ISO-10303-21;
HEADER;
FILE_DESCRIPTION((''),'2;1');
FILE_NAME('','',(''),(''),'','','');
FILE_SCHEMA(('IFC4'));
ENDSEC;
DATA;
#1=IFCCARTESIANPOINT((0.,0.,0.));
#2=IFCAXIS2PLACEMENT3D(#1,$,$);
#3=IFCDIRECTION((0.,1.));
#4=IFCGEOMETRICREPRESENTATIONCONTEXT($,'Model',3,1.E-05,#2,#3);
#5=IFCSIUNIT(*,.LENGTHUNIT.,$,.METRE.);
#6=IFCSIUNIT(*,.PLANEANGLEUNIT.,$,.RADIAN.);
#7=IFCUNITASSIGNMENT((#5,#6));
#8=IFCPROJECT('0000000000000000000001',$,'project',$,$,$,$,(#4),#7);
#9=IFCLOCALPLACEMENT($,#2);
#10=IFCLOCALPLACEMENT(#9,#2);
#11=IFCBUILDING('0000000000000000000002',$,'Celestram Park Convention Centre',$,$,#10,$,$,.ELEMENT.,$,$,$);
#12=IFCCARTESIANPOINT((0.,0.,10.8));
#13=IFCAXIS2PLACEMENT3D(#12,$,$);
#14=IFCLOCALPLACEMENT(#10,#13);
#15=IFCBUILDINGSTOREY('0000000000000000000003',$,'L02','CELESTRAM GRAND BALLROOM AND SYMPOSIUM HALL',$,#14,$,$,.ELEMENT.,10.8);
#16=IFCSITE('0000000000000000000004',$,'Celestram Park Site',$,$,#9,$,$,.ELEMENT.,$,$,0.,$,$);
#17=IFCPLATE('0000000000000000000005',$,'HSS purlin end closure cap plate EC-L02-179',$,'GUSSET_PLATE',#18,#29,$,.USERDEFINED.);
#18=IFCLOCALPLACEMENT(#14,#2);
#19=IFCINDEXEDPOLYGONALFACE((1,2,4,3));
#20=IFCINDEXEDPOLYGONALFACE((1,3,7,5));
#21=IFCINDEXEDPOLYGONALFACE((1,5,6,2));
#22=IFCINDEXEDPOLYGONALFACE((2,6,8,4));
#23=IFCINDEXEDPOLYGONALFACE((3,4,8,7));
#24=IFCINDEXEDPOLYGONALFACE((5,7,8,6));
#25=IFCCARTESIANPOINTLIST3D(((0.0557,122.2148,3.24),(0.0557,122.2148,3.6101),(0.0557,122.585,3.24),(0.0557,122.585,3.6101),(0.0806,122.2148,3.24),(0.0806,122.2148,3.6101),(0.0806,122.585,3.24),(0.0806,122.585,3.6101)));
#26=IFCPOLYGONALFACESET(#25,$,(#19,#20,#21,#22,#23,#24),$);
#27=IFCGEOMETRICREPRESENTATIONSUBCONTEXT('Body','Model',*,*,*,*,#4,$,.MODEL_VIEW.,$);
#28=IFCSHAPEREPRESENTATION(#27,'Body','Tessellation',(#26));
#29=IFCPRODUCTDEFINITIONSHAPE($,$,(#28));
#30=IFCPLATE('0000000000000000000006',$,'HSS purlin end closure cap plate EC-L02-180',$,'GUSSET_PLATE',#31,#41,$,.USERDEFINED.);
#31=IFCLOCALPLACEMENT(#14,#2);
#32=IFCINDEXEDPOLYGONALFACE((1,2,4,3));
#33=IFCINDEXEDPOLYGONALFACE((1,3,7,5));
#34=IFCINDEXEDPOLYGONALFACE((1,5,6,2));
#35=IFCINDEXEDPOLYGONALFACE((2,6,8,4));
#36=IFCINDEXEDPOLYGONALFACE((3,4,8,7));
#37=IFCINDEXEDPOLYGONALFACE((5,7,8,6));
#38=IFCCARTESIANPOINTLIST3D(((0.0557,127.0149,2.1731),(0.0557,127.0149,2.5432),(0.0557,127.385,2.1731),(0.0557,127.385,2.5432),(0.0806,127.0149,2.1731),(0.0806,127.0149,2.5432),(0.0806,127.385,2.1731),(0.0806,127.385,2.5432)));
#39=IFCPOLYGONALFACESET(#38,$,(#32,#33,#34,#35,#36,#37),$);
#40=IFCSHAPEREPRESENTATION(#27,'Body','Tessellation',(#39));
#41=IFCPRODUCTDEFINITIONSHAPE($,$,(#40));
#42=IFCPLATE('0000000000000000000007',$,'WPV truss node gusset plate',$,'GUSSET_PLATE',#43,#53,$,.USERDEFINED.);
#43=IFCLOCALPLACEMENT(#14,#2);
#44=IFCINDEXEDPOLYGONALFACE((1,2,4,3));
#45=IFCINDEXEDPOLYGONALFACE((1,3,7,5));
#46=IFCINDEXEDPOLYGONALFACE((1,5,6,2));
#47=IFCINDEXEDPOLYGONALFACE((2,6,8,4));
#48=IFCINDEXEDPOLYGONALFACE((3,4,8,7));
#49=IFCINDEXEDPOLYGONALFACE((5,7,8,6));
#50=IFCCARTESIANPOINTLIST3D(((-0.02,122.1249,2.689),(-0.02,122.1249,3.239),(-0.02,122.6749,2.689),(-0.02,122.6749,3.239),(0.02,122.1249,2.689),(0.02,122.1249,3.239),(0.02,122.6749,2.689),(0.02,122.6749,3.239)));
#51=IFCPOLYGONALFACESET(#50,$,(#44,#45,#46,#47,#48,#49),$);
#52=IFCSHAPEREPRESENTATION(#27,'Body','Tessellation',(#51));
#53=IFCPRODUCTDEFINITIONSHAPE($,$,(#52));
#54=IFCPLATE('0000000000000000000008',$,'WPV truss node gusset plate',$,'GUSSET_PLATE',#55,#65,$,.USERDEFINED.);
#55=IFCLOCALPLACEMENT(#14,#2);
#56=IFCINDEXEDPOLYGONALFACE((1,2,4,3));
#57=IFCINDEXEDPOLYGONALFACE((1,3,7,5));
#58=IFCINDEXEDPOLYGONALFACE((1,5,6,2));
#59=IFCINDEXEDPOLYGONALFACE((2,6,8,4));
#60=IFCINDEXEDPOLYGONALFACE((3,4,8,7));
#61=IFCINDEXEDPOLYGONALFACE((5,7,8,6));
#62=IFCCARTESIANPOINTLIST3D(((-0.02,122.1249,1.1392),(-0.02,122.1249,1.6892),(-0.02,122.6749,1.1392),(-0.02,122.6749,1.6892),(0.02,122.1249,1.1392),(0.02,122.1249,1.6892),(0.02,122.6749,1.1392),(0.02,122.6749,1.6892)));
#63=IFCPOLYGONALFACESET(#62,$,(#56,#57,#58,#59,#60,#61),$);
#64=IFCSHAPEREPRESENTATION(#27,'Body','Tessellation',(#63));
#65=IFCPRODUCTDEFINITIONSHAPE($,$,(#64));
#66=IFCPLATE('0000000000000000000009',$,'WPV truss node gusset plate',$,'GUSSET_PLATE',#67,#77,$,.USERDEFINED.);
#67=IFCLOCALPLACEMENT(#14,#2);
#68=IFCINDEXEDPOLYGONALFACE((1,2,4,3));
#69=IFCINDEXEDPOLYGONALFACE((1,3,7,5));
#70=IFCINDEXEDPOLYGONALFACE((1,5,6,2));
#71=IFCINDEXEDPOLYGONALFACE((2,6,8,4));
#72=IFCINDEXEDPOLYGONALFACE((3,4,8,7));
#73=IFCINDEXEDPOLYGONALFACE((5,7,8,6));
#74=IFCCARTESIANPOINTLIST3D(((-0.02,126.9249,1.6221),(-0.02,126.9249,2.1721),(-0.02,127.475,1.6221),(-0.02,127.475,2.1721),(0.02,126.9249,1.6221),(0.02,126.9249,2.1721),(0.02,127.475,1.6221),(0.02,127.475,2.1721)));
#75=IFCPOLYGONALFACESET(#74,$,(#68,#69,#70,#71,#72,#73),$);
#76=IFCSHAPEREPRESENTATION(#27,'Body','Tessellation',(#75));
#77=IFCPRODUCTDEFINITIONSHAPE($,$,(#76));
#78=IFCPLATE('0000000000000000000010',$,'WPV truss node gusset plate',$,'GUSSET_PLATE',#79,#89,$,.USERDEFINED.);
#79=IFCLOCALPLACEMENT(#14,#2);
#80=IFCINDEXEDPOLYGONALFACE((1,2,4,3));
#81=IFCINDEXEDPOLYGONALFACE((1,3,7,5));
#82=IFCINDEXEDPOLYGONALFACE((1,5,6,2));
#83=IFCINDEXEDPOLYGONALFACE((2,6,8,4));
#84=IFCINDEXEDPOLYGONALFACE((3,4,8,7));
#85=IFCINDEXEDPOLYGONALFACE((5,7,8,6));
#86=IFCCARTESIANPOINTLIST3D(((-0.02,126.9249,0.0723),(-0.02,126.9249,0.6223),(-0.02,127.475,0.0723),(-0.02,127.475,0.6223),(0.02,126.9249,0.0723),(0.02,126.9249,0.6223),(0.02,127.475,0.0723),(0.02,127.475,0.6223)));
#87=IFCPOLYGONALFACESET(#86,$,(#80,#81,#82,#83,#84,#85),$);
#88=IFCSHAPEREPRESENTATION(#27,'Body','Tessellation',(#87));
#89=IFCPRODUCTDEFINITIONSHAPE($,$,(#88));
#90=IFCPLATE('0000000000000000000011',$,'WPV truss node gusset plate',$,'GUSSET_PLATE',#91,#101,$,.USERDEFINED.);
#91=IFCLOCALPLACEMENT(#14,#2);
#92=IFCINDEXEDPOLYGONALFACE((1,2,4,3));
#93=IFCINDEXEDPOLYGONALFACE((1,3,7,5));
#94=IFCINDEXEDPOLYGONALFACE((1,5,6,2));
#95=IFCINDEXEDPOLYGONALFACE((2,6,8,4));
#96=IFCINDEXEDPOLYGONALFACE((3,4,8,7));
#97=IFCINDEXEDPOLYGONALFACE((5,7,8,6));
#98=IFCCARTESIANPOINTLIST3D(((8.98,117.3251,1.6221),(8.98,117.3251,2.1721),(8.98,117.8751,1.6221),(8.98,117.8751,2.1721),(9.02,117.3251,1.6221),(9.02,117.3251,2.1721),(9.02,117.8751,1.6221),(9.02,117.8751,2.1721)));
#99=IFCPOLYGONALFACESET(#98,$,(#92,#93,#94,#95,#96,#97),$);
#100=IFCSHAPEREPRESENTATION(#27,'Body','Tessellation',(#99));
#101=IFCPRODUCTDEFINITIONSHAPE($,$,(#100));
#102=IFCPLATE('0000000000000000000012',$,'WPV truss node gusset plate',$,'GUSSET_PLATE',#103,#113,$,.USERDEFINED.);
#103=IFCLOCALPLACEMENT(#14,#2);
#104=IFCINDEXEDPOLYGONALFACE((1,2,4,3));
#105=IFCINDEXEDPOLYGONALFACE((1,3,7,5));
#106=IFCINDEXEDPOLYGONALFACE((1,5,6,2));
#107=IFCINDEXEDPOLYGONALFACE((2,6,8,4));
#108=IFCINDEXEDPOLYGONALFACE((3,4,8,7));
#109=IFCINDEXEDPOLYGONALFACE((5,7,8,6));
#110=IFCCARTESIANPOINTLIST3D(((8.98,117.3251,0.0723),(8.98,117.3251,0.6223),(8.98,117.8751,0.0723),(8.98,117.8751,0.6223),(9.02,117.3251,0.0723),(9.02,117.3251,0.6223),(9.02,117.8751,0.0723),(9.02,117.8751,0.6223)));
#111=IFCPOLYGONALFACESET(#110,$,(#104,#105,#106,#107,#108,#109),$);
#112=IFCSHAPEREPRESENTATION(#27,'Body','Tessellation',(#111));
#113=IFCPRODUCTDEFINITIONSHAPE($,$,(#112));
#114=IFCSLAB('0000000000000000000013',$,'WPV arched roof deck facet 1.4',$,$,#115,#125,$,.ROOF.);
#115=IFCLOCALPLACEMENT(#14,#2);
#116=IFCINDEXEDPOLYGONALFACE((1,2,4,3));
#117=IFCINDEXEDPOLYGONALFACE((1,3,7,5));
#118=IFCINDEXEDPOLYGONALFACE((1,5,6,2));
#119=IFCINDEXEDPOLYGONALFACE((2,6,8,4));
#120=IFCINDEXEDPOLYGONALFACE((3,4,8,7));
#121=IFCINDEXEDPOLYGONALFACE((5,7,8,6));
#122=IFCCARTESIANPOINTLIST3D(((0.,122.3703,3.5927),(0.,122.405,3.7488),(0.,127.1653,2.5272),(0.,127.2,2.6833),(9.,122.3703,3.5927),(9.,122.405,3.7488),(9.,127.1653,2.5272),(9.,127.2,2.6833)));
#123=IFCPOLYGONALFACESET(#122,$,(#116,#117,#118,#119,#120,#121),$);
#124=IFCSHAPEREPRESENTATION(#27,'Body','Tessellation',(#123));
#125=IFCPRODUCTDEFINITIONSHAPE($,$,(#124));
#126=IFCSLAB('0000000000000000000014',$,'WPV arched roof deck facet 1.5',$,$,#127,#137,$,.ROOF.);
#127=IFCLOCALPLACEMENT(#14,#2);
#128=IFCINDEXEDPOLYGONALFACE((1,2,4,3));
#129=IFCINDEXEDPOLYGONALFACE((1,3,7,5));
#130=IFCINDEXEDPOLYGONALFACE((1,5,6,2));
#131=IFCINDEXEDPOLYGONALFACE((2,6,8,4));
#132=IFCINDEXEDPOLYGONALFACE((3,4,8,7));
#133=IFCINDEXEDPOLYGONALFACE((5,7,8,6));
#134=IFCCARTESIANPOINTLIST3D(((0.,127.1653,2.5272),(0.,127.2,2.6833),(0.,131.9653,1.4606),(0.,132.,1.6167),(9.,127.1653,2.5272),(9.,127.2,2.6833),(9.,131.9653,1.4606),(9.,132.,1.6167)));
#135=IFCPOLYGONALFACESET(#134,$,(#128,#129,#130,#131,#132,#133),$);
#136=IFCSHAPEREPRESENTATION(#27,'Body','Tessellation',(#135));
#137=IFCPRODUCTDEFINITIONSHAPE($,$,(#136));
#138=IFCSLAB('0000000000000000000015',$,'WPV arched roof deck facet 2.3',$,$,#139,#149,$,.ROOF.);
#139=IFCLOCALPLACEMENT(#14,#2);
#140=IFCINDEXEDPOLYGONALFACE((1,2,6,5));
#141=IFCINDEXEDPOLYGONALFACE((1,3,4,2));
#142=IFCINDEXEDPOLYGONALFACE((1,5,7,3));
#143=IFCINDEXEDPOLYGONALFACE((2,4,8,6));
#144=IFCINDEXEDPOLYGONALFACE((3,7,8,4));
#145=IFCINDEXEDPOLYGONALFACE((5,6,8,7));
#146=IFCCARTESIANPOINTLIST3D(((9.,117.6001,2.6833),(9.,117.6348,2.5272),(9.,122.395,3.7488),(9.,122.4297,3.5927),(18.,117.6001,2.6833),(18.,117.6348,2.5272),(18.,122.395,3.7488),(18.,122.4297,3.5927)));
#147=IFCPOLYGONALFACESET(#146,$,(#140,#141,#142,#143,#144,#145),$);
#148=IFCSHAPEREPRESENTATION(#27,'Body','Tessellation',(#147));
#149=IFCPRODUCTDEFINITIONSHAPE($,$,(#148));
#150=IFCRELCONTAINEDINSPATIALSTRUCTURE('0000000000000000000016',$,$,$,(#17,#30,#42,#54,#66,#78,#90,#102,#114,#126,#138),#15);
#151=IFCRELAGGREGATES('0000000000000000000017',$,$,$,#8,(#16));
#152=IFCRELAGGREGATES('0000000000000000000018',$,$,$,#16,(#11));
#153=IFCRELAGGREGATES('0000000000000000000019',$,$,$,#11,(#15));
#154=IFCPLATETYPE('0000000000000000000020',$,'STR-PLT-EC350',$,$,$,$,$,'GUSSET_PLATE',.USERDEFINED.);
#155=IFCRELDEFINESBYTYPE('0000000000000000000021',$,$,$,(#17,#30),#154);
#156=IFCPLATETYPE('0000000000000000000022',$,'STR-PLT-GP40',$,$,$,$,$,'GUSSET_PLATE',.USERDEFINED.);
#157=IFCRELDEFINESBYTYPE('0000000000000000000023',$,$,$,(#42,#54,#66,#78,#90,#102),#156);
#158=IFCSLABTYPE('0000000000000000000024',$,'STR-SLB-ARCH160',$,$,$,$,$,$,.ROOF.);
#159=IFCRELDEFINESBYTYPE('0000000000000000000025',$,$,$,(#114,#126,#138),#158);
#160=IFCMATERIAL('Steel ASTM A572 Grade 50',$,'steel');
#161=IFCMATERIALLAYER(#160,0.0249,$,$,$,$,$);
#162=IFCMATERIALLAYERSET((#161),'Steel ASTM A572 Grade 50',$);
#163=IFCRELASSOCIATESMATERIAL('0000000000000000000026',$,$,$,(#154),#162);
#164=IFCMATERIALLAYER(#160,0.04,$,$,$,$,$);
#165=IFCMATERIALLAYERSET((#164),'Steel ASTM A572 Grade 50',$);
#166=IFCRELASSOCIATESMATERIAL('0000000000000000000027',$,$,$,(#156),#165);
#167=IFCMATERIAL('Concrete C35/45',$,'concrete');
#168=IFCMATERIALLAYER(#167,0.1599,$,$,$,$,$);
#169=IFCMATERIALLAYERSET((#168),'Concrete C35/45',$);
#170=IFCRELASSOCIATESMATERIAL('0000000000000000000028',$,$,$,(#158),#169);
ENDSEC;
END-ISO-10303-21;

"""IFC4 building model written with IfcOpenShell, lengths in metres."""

from ifc_helpers import new_model, si_unit, direction, frame, origin, origin_2d, place, context, subcontext, project, spatial, polyline, rectangle, outline, extrude, material, layer, layer_set, type_object, element, save


model = new_model("IFC4")

# Units and contexts
model_context = context("Model", 3, precision=1e-05, world=origin(), true_north=direction((0.0, 1.0)))
body_context = subcontext(model_context, "Body", "Model", "MODEL_VIEW")
ifc_project = project(units=[si_unit("LENGTHUNIT", "METRE"), si_unit("PLANEANGLEUNIT", "RADIAN")], contexts=[model_context])

# Site, building, storey
site_placement = place(None, origin())
site = spatial("IfcSite", under=ifc_project, at=site_placement, Name="Celestram Park Site", CompositionType="ELEMENT", RefElevation=0.0)
building_placement = place(site_placement, origin())
building = spatial("IfcBuilding", under=site, at=building_placement, Name="Celestram Park Convention Centre", CompositionType="ELEMENT")
storey_placement = place(building_placement, frame((0.0, 0.0, 10.8)))
storey = spatial("IfcBuildingStorey", under=building, at=storey_placement, Name="L02", Description="CELESTRAM GRAND BALLROOM AND SYMPOSIUM HALL", CompositionType="ELEMENT", Elevation=10.8)

# Plates
ifc_material_1 = material(Name="Steel ASTM A572 Grade 50", Category="steel")
ifc_layer_1 = layer(ifc_material_1, 0.0249)
ifc_layer_set_1 = layer_set([ifc_layer_1], Name="Steel ASTM A572 Grade 50")
plate_type_1 = type_object("IfcPlateType", Name="STR-PLT-EC350", ElementType="GUSSET_PLATE", PredefinedType="USERDEFINED", material=ifc_layer_set_1)
for number, where, z_axis, x_axis, name in (
    (1, (0.0681, 122.3999, 3.24), (0.0, 0.0, 1.0), (0.0, 1.0, 0.0), "HSS purlin end closure cap plate EC-L02-179"),
    (2, (0.0681, 127.2, 2.1731), (0.0, 0.0, 1.0), (0.0, 1.0, 0.0), "HSS purlin end closure cap plate EC-L02-180"),
):
    element("IfcPlate", number, at=place(storey_placement, frame(where, z_axis=z_axis, x_axis=x_axis)), inside=storey, type_object=plate_type_1, Name=name, ObjectType="GUSSET_PLATE", PredefinedType="USERDEFINED", context=body_context, shape_type="SweptSolid", body=[
        extrude(rectangle(XDim=0.3701, YDim=0.0249, at=origin_2d()), origin(), (0.0, 0.0, 1.0), 0.3701),
    ])
ifc_layer_2 = layer(ifc_material_1, 0.04)
ifc_layer_set_2 = layer_set([ifc_layer_2], Name="Steel ASTM A572 Grade 50")
plate_type_2 = type_object("IfcPlateType", Name="STR-PLT-GP40", ElementType="GUSSET_PLATE", PredefinedType="USERDEFINED", material=ifc_layer_set_2)
for number, where, z_axis, x_axis, name in (
    (3, (0.0, 122.3999, 2.689), (0.0, 0.0, 1.0), (0.0, 1.0, 0.0), "WPV truss node gusset plate"),
    (4, (0.0, 122.3999, 1.1392), (0.0, 0.0, 1.0), (0.0, 1.0, 0.0), "WPV truss node gusset plate"),
    (5, (0.0, 127.2, 1.6221), (0.0, 0.0, 1.0), (0.0, 1.0, 0.0), "WPV truss node gusset plate"),
    (6, (0.0, 127.2, 0.0723), (0.0, 0.0, 1.0), (0.0, 1.0, 0.0), "WPV truss node gusset plate"),
    (7, (9.0, 117.6001, 1.6221), (0.0, 0.0, 1.0), (0.0, 1.0, 0.0), "WPV truss node gusset plate"),
    (8, (9.0, 117.6001, 0.0723), (0.0, 0.0, 1.0), (0.0, 1.0, 0.0), "WPV truss node gusset plate"),
):
    element("IfcPlate", number, at=place(storey_placement, frame(where, z_axis=z_axis, x_axis=x_axis)), inside=storey, type_object=plate_type_2, Name=name, ObjectType="GUSSET_PLATE", PredefinedType="USERDEFINED", context=body_context, shape_type="SweptSolid", body=[
        extrude(rectangle(XDim=0.55, YDim=0.04, at=origin_2d()), origin(), (0.0, 0.0, 1.0), 0.55),
    ])

# Slabs
ifc_material_2 = material(Name="Concrete C35/45", Category="concrete")
ifc_layer_3 = layer(ifc_material_2, 0.1599)
ifc_layer_set_3 = layer_set([ifc_layer_3], Name="Concrete C35/45")
slab_type = type_object("IfcSlabType", Name="STR-SLB-ARCH160", PredefinedType="ROOF", material=ifc_layer_set_3)
slab_1_placement = place(storey_placement, frame((0.0, 122.405, 3.7488), z_axis=(0.0, 0.216909, 0.976192), x_axis=(1.0, 0.0, 0.0)))
element("IfcSlab", 9, at=slab_1_placement, inside=storey, type_object=slab_type, Name="WPV arched roof deck facet 1.4", PredefinedType="ROOF", context=body_context, shape_type="SweptSolid", body=[
    extrude(outline(polyline([(0.0, 0.0), (9.0, 0.0), (9.0, 4.9119), (0.0, 4.9119), (0.0, 0.0)])), origin(), (0.0, 0.0, -1.0), 0.1599),
])
slab_2_placement = place(storey_placement, frame((0.0, 127.2, 2.6833), z_axis=(0.0, 0.216925, 0.976188), x_axis=(1.0, 0.0, 0.0)))
element("IfcSlab", 10, at=slab_2_placement, inside=storey, type_object=slab_type, Name="WPV arched roof deck facet 1.5", PredefinedType="ROOF", context=body_context, shape_type="SweptSolid", body=[
    extrude(outline(polyline([(0.0, 0.0), (9.0, 0.0), (9.0, 4.9171), (0.0, 4.9171), (0.0, 0.0)])), origin(), (0.0, 0.0, -1.0), 0.1599),
])
slab_3_placement = place(storey_placement, frame((9.0, 117.6001, 2.6833), z_axis=(0.0, -0.216909, 0.976192), x_axis=(1.0, 0.0, 0.0)))
element("IfcSlab", 11, at=slab_3_placement, inside=storey, type_object=slab_type, Name="WPV arched roof deck facet 2.3", PredefinedType="ROOF", context=body_context, shape_type="SweptSolid", body=[
    extrude(outline(polyline([(0.0, 0.0), (9.0, 0.0), (9.0, 4.9119), (0.0, 4.9119), (0.0, 0.0)])), origin(), (0.0, 0.0, -1.0), 0.1599),
])

save(model, "model.ifc")
